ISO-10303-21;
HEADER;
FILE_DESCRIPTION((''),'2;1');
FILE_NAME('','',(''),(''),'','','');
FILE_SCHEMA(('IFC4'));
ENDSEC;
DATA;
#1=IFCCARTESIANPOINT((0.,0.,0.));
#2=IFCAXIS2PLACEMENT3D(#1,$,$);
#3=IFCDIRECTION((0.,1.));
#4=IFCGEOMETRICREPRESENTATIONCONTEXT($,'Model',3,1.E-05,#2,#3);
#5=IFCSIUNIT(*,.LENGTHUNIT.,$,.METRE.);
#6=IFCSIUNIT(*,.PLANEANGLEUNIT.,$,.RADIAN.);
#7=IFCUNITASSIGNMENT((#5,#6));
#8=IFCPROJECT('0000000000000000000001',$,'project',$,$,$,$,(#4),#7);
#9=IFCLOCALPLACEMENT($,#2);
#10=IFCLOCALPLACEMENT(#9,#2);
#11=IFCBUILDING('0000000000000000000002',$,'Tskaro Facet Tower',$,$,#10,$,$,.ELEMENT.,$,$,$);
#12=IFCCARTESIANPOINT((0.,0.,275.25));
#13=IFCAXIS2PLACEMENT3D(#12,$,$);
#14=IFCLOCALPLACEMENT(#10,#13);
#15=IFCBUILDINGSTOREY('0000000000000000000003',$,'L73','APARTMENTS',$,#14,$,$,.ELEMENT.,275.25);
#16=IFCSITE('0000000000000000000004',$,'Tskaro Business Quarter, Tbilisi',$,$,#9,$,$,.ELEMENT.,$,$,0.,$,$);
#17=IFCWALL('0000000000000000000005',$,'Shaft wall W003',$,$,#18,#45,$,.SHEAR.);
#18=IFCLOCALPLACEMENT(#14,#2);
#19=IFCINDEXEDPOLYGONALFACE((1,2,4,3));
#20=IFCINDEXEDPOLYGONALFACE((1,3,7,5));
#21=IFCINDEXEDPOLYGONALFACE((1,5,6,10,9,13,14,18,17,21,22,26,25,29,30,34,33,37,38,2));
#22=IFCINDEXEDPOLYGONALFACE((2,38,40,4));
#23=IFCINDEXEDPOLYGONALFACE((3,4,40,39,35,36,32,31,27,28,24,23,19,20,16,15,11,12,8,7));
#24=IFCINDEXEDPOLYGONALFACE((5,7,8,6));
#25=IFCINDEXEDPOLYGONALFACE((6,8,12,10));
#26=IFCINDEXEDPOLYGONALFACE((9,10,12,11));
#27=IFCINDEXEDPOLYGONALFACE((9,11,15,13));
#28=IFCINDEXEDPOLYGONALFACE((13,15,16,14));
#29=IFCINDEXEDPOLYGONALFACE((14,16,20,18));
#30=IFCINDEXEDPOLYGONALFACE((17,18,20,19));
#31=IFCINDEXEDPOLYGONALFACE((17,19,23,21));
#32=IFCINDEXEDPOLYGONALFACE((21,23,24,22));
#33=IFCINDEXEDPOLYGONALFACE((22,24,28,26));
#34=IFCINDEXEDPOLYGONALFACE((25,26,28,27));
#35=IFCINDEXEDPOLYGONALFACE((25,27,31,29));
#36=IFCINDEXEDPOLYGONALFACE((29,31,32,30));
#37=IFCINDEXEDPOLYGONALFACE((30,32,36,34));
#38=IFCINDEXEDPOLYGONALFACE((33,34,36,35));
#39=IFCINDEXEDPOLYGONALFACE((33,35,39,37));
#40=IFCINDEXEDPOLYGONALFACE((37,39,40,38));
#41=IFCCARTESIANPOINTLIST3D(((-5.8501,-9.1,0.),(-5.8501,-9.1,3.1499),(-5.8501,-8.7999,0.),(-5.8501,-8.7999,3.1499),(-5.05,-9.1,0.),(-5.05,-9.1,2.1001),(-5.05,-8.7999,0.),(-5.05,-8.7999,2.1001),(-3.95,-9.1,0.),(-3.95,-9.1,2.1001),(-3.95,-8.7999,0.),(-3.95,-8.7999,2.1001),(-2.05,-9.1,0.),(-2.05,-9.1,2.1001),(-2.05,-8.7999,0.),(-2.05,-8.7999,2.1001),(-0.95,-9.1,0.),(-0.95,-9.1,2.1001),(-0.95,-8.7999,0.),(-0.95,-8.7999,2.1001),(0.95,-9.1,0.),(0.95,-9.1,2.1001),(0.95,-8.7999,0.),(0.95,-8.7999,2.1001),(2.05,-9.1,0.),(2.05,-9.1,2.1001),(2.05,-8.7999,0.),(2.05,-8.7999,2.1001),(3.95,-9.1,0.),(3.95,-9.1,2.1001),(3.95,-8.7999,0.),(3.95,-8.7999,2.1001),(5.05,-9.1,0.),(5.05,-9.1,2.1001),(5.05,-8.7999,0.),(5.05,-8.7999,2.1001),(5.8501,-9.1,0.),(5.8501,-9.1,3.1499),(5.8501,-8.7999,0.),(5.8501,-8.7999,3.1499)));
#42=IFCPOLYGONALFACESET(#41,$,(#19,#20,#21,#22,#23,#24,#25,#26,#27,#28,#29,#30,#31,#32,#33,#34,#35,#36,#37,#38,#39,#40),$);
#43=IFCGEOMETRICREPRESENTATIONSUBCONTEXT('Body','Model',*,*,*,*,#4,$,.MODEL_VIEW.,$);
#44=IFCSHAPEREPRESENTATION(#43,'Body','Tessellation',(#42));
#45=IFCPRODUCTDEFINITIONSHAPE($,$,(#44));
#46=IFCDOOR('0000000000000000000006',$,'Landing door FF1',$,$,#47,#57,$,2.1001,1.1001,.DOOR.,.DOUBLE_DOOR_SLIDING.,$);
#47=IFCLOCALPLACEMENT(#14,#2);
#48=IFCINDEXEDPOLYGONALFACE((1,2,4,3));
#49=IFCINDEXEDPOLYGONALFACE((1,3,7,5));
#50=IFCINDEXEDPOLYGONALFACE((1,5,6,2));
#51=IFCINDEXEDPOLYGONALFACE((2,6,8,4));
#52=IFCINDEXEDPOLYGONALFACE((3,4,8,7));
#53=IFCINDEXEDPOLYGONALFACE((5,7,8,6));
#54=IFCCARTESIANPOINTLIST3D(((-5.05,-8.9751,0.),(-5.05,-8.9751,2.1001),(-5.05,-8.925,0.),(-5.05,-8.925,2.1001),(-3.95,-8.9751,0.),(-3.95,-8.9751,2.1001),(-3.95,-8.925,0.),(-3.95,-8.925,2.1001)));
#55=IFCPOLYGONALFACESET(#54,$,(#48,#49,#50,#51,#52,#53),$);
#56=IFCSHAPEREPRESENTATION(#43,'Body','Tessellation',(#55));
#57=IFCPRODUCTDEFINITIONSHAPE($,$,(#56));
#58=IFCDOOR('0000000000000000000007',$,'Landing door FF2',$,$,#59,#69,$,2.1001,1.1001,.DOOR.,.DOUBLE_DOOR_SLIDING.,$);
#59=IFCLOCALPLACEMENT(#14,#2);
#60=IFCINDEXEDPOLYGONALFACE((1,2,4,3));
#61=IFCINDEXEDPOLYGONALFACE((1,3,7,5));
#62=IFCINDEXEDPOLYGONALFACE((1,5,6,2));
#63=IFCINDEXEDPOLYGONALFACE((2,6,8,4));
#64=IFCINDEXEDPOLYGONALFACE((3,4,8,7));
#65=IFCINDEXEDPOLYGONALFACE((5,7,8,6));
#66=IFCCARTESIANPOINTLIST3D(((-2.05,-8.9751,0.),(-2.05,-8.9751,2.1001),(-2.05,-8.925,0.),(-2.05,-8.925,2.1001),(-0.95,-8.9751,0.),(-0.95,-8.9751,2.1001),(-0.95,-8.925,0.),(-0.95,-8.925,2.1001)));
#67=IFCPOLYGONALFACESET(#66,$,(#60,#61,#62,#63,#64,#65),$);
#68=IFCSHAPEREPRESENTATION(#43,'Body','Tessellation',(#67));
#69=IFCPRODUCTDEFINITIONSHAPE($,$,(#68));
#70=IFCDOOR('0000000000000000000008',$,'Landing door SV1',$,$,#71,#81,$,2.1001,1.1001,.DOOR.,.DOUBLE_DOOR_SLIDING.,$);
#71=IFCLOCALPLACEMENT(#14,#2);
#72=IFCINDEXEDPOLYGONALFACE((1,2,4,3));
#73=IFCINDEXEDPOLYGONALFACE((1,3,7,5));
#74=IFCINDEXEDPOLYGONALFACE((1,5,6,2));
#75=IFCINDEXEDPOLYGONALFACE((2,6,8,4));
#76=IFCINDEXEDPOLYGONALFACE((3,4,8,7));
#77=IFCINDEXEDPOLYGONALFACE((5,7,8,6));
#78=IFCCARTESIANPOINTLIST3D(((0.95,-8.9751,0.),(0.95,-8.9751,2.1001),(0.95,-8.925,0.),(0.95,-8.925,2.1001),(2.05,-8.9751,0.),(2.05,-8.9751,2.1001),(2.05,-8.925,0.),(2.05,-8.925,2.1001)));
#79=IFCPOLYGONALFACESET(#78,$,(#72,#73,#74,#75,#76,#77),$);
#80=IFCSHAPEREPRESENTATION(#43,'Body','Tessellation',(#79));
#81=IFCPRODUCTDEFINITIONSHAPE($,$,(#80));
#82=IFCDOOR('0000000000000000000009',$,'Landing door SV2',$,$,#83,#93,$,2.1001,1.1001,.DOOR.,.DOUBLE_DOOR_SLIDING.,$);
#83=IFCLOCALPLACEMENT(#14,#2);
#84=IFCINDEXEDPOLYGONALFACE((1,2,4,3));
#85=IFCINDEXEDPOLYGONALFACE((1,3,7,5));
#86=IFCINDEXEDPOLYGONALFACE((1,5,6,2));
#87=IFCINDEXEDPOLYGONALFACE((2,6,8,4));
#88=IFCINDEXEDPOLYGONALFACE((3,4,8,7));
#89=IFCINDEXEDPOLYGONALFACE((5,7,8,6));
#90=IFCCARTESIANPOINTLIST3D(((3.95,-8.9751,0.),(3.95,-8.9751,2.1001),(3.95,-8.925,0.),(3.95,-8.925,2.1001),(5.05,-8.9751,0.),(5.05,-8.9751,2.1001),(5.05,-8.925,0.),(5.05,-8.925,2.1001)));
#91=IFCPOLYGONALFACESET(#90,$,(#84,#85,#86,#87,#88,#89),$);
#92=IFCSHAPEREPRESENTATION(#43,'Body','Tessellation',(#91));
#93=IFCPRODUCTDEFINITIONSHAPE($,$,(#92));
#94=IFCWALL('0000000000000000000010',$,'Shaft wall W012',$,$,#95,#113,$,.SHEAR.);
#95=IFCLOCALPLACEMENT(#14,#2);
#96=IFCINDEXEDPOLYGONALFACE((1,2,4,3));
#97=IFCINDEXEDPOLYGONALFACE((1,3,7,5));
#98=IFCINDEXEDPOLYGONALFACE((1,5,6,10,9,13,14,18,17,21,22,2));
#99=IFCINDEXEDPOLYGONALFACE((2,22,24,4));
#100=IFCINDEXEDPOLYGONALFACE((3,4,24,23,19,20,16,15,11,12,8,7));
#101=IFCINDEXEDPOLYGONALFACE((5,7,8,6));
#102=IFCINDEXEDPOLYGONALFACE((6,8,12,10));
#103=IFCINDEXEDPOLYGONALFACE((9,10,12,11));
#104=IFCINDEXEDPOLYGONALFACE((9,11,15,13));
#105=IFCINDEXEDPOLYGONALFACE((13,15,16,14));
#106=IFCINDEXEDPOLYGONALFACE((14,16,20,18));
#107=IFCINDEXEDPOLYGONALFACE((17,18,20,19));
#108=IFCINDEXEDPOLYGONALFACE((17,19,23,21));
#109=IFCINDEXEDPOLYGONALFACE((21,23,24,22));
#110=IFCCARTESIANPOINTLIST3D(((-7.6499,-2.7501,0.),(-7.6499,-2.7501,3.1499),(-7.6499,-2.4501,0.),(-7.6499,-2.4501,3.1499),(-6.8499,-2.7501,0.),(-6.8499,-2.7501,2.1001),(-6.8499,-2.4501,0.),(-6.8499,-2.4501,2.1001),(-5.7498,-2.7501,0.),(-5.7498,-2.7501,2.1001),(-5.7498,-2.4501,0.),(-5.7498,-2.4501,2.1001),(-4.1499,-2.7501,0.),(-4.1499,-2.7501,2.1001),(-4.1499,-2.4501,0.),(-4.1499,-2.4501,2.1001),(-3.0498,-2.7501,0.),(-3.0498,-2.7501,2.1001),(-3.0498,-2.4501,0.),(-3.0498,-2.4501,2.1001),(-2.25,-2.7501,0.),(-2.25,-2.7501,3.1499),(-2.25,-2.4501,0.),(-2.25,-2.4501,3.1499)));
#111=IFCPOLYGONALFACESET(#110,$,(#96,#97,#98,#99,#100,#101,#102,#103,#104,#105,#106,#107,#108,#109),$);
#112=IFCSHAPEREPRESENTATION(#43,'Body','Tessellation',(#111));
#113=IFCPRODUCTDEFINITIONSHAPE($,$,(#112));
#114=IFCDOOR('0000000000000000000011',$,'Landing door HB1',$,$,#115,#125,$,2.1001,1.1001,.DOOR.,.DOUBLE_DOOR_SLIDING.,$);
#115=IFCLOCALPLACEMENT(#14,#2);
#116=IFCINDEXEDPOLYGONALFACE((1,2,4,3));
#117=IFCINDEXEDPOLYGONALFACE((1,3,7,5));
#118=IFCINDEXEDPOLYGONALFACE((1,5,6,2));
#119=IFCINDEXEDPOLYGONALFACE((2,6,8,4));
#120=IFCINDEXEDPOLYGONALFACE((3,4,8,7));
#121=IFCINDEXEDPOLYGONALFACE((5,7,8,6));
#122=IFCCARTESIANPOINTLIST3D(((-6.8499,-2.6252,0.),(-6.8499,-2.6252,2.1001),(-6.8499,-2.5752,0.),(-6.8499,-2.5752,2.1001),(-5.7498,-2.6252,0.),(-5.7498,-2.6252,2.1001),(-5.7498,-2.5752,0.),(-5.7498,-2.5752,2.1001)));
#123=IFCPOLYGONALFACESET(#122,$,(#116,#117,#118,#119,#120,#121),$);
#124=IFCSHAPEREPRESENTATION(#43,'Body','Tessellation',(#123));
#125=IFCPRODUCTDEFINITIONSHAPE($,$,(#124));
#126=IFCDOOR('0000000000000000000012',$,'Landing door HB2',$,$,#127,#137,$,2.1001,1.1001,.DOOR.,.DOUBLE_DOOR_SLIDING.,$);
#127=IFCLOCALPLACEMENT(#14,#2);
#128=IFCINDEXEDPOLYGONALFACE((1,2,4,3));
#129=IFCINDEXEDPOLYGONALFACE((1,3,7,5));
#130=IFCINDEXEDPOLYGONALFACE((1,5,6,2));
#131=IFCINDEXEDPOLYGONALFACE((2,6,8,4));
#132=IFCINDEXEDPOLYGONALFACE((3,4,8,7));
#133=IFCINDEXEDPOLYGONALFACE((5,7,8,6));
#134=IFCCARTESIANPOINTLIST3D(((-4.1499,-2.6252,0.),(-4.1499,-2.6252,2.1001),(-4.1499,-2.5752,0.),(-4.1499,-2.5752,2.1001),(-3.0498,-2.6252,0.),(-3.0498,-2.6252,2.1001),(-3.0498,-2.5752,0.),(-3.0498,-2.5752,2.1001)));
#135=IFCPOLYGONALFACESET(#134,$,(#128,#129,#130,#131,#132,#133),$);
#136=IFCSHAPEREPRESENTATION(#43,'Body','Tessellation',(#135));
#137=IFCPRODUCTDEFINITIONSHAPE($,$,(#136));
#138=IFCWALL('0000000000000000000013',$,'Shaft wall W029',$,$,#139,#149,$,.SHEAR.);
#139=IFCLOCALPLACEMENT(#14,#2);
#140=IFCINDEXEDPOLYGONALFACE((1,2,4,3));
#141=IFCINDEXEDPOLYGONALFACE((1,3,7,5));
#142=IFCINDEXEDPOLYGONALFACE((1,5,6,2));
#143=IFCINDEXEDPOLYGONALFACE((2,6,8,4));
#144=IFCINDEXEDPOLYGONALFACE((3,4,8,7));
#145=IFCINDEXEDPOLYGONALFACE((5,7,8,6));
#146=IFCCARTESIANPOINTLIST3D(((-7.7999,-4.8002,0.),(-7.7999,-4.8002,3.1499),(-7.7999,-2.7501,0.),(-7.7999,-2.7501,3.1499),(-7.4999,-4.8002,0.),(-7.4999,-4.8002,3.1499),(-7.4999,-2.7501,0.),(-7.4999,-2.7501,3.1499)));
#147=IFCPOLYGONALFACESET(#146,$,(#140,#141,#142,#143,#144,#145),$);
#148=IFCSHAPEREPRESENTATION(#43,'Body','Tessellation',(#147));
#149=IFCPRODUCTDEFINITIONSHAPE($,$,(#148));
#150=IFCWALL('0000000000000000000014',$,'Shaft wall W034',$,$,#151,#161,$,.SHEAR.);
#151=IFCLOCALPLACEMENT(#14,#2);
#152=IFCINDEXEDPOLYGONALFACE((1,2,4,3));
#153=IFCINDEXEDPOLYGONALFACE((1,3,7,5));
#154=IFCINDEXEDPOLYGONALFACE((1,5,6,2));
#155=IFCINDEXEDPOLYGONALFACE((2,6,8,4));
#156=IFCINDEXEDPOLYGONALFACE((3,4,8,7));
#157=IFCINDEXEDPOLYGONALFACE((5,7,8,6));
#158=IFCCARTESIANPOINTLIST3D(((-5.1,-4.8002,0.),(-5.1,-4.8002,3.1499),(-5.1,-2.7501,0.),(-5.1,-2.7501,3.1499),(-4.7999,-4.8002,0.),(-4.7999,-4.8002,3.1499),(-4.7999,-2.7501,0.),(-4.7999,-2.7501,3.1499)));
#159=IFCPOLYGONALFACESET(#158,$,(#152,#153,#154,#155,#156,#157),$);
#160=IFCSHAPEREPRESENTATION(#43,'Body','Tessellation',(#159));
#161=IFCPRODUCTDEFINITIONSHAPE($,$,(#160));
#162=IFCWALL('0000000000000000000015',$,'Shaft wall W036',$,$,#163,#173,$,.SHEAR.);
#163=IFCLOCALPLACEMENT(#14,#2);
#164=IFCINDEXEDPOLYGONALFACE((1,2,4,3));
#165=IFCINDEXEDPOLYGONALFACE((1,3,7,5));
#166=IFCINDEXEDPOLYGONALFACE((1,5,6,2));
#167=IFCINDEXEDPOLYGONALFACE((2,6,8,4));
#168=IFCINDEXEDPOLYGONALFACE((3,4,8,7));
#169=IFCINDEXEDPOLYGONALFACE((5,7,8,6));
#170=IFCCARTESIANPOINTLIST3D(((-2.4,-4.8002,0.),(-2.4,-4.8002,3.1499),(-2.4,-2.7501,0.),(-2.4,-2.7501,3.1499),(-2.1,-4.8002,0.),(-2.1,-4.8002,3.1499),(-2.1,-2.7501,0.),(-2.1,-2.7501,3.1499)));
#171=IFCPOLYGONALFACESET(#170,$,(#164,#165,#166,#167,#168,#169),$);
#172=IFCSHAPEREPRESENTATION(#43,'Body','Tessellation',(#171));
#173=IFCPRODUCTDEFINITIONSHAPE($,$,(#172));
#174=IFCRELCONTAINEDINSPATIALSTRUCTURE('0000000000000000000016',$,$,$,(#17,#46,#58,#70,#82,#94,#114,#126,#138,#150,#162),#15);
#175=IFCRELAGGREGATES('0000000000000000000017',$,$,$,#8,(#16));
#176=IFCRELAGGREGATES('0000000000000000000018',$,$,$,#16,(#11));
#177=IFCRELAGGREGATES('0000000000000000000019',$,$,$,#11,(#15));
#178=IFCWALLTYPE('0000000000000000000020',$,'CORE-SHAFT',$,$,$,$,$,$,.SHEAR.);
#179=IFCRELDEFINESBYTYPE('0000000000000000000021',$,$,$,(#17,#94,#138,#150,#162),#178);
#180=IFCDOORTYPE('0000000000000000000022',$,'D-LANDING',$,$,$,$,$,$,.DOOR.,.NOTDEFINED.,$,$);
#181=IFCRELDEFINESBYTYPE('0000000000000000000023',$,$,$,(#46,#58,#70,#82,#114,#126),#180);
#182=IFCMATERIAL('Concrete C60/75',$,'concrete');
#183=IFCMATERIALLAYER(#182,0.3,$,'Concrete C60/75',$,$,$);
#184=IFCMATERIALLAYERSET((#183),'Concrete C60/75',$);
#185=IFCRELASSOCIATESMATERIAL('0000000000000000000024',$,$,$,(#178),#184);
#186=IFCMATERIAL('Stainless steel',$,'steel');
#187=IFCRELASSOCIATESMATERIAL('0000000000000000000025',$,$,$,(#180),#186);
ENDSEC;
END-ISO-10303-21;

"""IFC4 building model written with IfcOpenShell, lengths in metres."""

from ifc_helpers import new_model, si_unit, direction, frame, frame_2d, origin, place, context, subcontext, project, spatial, rectangle, extrude, material, layer, layer_set, type_object, element, fill, save


model = new_model("IFC4")

# Units and contexts
model_context = context("Model", 3, precision=1e-05, world=origin(), true_north=direction((0.0, 1.0)))
body_context = subcontext(model_context, "Body", "Model", "MODEL_VIEW")
ifc_project = project(units=[si_unit("LENGTHUNIT", "METRE"), si_unit("PLANEANGLEUNIT", "RADIAN")], contexts=[model_context])

# Site, building, storey
site_placement = place(None, origin())
site = spatial("IfcSite", under=ifc_project, at=site_placement, Name="Tskaro Business Quarter, Tbilisi", CompositionType="ELEMENT", RefElevation=0.0)
building_placement = place(site_placement, origin())
building = spatial("IfcBuilding", under=site, at=building_placement, Name="Tskaro Facet Tower", CompositionType="ELEMENT")
storey_placement = place(building_placement, frame((0.0, 0.0, 275.25)))
storey = spatial("IfcBuildingStorey", under=building, at=storey_placement, Name="L73", Description="APARTMENTS", CompositionType="ELEMENT", Elevation=275.25)

# Walls, openings, doors
ifc_material_1 = material(Name="Concrete C60/75", Category="concrete")
ifc_layer_1 = layer(ifc_material_1, 0.3, Name="Concrete C60/75")
ifc_layer_set_1 = layer_set([ifc_layer_1], Name="Concrete C60/75")
wall_type_1 = type_object("IfcWallType", Name="CORE-SHAFT", PredefinedType="SHEAR", material=ifc_layer_set_1)
wall_1_placement = place(storey_placement, frame((-5.8501, -8.95, 0.0), z_axis=(0.0, 0.0, 1.0), x_axis=(1.0, 0.0, 0.0)))
wall_1 = element("IfcWall", 1, at=wall_1_placement, inside=storey, type_object=wall_type_1, Name="Shaft wall W003", PredefinedType="SHEAR", context=body_context, shape_type="SweptSolid", body=[
    extrude(rectangle(XDim=11.7002, YDim=0.3, at=frame_2d((5.8501, 0.0))), origin(), (0.0, 0.0, 1.0), 3.1499),
])
opening_1_placement = place(wall_1_placement, frame((0.8, 0.0, 0.0)))
opening_1 = element("IfcOpeningElement", 2, at=opening_1_placement, cuts=wall_1, PredefinedType="OPENING", context=body_context, shape_type="SweptSolid", body=[
    extrude(rectangle(XDim=1.1001, YDim=2.1001, at=frame_2d((0.55, 1.05))), frame((0.0, 0.1599, 0.0), z_axis=(0.0, -1.0, 0.0), x_axis=(1.0, 0.0, 0.0)), (0.0, 0.0, 1.0), 0.3201),
])
opening_2_placement = place(wall_1_placement, frame((3.8, 0.0, 0.0)))
opening_2 = element("IfcOpeningElement", 3, at=opening_2_placement, cuts=wall_1, PredefinedType="OPENING", context=body_context, shape_type="SweptSolid", body=[
    extrude(rectangle(XDim=1.1001, YDim=2.1001, at=frame_2d((0.55, 1.05))), frame((0.0, 0.1599, 0.0), z_axis=(0.0, -1.0, 0.0), x_axis=(1.0, 0.0, 0.0)), (0.0, 0.0, 1.0), 0.3201),
])
opening_3_placement = place(wall_1_placement, frame((6.8, 0.0, 0.0)))
opening_3 = element("IfcOpeningElement", 4, at=opening_3_placement, cuts=wall_1, PredefinedType="OPENING", context=body_context, shape_type="SweptSolid", body=[
    extrude(rectangle(XDim=1.1001, YDim=2.1001, at=frame_2d((0.55, 1.05))), frame((0.0, 0.1599, 0.0), z_axis=(0.0, -1.0, 0.0), x_axis=(1.0, 0.0, 0.0)), (0.0, 0.0, 1.0), 0.3201),
])
opening_4_placement = place(wall_1_placement, frame((9.8, 0.0, 0.0)))
opening_4 = element("IfcOpeningElement", 5, at=opening_4_placement, cuts=wall_1, PredefinedType="OPENING", context=body_context, shape_type="SweptSolid", body=[
    extrude(rectangle(XDim=1.1001, YDim=2.1001, at=frame_2d((0.55, 1.05))), frame((0.0, 0.1599, 0.0), z_axis=(0.0, -1.0, 0.0), x_axis=(1.0, 0.0, 0.0)), (0.0, 0.0, 1.0), 0.3201),
])
ifc_material_2 = material(Name="Stainless steel", Category="steel")
door_type_1 = type_object("IfcDoorType", Name="D-LANDING", OperationType="NOTDEFINED", PredefinedType="DOOR", material=ifc_material_2)
door_1_placement = place(opening_1_placement, origin())
door_1 = element("IfcDoor", 6, at=door_1_placement, inside=storey, type_object=door_type_1, Name="Landing door FF1", OperationType="DOUBLE_DOOR_SLIDING", OverallHeight=2.1001, OverallWidth=1.1001, PredefinedType="DOOR", context=body_context, shape_type="SweptSolid", body=[
    extrude(rectangle(XDim=1.1001, YDim=2.1001, at=frame_2d((0.55, 1.05))), frame((0.0, 0.0249, 0.0), z_axis=(0.0, -1.0, 0.0), x_axis=(1.0, 0.0, 0.0)), (0.0, 0.0, 1.0), 0.05),
])
fill(opening_1, door_1)
door_2_placement = place(opening_2_placement, origin())
door_2 = element("IfcDoor", 7, at=door_2_placement, inside=storey, type_object=door_type_1, Name="Landing door FF2", OperationType="DOUBLE_DOOR_SLIDING", OverallHeight=2.1001, OverallWidth=1.1001, PredefinedType="DOOR", context=body_context, shape_type="SweptSolid", body=[
    extrude(rectangle(XDim=1.1001, YDim=2.1001, at=frame_2d((0.55, 1.05))), frame((0.0, 0.0249, 0.0), z_axis=(0.0, -1.0, 0.0), x_axis=(1.0, 0.0, 0.0)), (0.0, 0.0, 1.0), 0.05),
])
fill(opening_2, door_2)
door_3_placement = place(opening_3_placement, origin())
door_3 = element("IfcDoor", 8, at=door_3_placement, inside=storey, type_object=door_type_1, Name="Landing door SV1", OperationType="DOUBLE_DOOR_SLIDING", OverallHeight=2.1001, OverallWidth=1.1001, PredefinedType="DOOR", context=body_context, shape_type="SweptSolid", body=[
    extrude(rectangle(XDim=1.1001, YDim=2.1001, at=frame_2d((0.55, 1.05))), frame((0.0, 0.0249, 0.0), z_axis=(0.0, -1.0, 0.0), x_axis=(1.0, 0.0, 0.0)), (0.0, 0.0, 1.0), 0.05),
])
fill(opening_3, door_3)
door_4_placement = place(opening_4_placement, origin())
door_4 = element("IfcDoor", 9, at=door_4_placement, inside=storey, type_object=door_type_1, Name="Landing door SV2", OperationType="DOUBLE_DOOR_SLIDING", OverallHeight=2.1001, OverallWidth=1.1001, PredefinedType="DOOR", context=body_context, shape_type="SweptSolid", body=[
    extrude(rectangle(XDim=1.1001, YDim=2.1001, at=frame_2d((0.55, 1.05))), frame((0.0, 0.0249, 0.0), z_axis=(0.0, -1.0, 0.0), x_axis=(1.0, 0.0, 0.0)), (0.0, 0.0, 1.0), 0.05),
])
fill(opening_4, door_4)
wall_2_placement = place(storey_placement, frame((-7.6499, -2.6001, 0.0), z_axis=(0.0, 0.0, 1.0), x_axis=(1.0, 0.0, 0.0)))
wall_2 = element("IfcWall", 10, at=wall_2_placement, inside=storey, type_object=wall_type_1, Name="Shaft wall W012", PredefinedType="SHEAR", context=body_context, shape_type="SweptSolid", body=[
    extrude(rectangle(XDim=5.3999, YDim=0.3, at=frame_2d((2.7, 0.0))), origin(), (0.0, 0.0, 1.0), 3.1499),
])
opening_5_placement = place(wall_2_placement, frame((0.8, 0.0, 0.0)))
opening_5 = element("IfcOpeningElement", 11, at=opening_5_placement, cuts=wall_2, PredefinedType="OPENING", context=body_context, shape_type="SweptSolid", body=[
    extrude(rectangle(XDim=1.1001, YDim=2.1001, at=frame_2d((0.55, 1.05))), frame((0.0, 0.1599, 0.0), z_axis=(0.0, -1.0, 0.0), x_axis=(1.0, 0.0, 0.0)), (0.0, 0.0, 1.0), 0.3201),
])
opening_6_placement = place(wall_2_placement, frame((3.5, 0.0, 0.0)))
opening_6 = element("IfcOpeningElement", 12, at=opening_6_placement, cuts=wall_2, PredefinedType="OPENING", context=body_context, shape_type="SweptSolid", body=[
    extrude(rectangle(XDim=1.1001, YDim=2.1001, at=frame_2d((0.55, 1.05))), frame((0.0, 0.1599, 0.0), z_axis=(0.0, -1.0, 0.0), x_axis=(1.0, 0.0, 0.0)), (0.0, 0.0, 1.0), 0.3201),
])
door_5_placement = place(opening_5_placement, origin())
door_5 = element("IfcDoor", 13, at=door_5_placement, inside=storey, type_object=door_type_1, Name="Landing door HB1", OperationType="DOUBLE_DOOR_SLIDING", OverallHeight=2.1001, OverallWidth=1.1001, PredefinedType="DOOR", context=body_context, shape_type="SweptSolid", body=[
    extrude(rectangle(XDim=1.1001, YDim=2.1001, at=frame_2d((0.55, 1.05))), frame((0.0, 0.0249, 0.0), z_axis=(0.0, -1.0, 0.0), x_axis=(1.0, 0.0, 0.0)), (0.0, 0.0, 1.0), 0.05),
])
fill(opening_5, door_5)
door_6_placement = place(opening_6_placement, origin())
door_6 = element("IfcDoor", 14, at=door_6_placement, inside=storey, type_object=door_type_1, Name="Landing door HB2", OperationType="DOUBLE_DOOR_SLIDING", OverallHeight=2.1001, OverallWidth=1.1001, PredefinedType="DOOR", context=body_context, shape_type="SweptSolid", body=[
    extrude(rectangle(XDim=1.1001, YDim=2.1001, at=frame_2d((0.55, 1.05))), frame((0.0, 0.0249, 0.0), z_axis=(0.0, -1.0, 0.0), x_axis=(1.0, 0.0, 0.0)), (0.0, 0.0, 1.0), 0.05),
])
fill(opening_6, door_6)

# Walls
for number, where, z_axis, x_axis, name in (
    (15, (-7.6499, -4.8, 0.0), (0.0, 0.0, 1.0), (0.0, 1.0, 0.0), "Shaft wall W029"),
    (16, (-4.95, -4.8, 0.0), (0.0, 0.0, 1.0), (0.0, 1.0, 0.0), "Shaft wall W034"),
    (17, (-2.25, -4.8, 0.0), (0.0, 0.0, 1.0), (0.0, 1.0, 0.0), "Shaft wall W036"),
):
    element("IfcWall", number, at=place(storey_placement, frame(where, z_axis=z_axis, x_axis=x_axis)), inside=storey, type_object=wall_type_1, Name=name, PredefinedType="SHEAR", context=body_context, shape_type="SweptSolid", body=[
        extrude(rectangle(XDim=2.05, YDim=0.3, at=frame_2d((1.0249, 0.0))), origin(), (0.0, 0.0, 1.0), 3.1499),
    ])

save(model, "model.ifc")
